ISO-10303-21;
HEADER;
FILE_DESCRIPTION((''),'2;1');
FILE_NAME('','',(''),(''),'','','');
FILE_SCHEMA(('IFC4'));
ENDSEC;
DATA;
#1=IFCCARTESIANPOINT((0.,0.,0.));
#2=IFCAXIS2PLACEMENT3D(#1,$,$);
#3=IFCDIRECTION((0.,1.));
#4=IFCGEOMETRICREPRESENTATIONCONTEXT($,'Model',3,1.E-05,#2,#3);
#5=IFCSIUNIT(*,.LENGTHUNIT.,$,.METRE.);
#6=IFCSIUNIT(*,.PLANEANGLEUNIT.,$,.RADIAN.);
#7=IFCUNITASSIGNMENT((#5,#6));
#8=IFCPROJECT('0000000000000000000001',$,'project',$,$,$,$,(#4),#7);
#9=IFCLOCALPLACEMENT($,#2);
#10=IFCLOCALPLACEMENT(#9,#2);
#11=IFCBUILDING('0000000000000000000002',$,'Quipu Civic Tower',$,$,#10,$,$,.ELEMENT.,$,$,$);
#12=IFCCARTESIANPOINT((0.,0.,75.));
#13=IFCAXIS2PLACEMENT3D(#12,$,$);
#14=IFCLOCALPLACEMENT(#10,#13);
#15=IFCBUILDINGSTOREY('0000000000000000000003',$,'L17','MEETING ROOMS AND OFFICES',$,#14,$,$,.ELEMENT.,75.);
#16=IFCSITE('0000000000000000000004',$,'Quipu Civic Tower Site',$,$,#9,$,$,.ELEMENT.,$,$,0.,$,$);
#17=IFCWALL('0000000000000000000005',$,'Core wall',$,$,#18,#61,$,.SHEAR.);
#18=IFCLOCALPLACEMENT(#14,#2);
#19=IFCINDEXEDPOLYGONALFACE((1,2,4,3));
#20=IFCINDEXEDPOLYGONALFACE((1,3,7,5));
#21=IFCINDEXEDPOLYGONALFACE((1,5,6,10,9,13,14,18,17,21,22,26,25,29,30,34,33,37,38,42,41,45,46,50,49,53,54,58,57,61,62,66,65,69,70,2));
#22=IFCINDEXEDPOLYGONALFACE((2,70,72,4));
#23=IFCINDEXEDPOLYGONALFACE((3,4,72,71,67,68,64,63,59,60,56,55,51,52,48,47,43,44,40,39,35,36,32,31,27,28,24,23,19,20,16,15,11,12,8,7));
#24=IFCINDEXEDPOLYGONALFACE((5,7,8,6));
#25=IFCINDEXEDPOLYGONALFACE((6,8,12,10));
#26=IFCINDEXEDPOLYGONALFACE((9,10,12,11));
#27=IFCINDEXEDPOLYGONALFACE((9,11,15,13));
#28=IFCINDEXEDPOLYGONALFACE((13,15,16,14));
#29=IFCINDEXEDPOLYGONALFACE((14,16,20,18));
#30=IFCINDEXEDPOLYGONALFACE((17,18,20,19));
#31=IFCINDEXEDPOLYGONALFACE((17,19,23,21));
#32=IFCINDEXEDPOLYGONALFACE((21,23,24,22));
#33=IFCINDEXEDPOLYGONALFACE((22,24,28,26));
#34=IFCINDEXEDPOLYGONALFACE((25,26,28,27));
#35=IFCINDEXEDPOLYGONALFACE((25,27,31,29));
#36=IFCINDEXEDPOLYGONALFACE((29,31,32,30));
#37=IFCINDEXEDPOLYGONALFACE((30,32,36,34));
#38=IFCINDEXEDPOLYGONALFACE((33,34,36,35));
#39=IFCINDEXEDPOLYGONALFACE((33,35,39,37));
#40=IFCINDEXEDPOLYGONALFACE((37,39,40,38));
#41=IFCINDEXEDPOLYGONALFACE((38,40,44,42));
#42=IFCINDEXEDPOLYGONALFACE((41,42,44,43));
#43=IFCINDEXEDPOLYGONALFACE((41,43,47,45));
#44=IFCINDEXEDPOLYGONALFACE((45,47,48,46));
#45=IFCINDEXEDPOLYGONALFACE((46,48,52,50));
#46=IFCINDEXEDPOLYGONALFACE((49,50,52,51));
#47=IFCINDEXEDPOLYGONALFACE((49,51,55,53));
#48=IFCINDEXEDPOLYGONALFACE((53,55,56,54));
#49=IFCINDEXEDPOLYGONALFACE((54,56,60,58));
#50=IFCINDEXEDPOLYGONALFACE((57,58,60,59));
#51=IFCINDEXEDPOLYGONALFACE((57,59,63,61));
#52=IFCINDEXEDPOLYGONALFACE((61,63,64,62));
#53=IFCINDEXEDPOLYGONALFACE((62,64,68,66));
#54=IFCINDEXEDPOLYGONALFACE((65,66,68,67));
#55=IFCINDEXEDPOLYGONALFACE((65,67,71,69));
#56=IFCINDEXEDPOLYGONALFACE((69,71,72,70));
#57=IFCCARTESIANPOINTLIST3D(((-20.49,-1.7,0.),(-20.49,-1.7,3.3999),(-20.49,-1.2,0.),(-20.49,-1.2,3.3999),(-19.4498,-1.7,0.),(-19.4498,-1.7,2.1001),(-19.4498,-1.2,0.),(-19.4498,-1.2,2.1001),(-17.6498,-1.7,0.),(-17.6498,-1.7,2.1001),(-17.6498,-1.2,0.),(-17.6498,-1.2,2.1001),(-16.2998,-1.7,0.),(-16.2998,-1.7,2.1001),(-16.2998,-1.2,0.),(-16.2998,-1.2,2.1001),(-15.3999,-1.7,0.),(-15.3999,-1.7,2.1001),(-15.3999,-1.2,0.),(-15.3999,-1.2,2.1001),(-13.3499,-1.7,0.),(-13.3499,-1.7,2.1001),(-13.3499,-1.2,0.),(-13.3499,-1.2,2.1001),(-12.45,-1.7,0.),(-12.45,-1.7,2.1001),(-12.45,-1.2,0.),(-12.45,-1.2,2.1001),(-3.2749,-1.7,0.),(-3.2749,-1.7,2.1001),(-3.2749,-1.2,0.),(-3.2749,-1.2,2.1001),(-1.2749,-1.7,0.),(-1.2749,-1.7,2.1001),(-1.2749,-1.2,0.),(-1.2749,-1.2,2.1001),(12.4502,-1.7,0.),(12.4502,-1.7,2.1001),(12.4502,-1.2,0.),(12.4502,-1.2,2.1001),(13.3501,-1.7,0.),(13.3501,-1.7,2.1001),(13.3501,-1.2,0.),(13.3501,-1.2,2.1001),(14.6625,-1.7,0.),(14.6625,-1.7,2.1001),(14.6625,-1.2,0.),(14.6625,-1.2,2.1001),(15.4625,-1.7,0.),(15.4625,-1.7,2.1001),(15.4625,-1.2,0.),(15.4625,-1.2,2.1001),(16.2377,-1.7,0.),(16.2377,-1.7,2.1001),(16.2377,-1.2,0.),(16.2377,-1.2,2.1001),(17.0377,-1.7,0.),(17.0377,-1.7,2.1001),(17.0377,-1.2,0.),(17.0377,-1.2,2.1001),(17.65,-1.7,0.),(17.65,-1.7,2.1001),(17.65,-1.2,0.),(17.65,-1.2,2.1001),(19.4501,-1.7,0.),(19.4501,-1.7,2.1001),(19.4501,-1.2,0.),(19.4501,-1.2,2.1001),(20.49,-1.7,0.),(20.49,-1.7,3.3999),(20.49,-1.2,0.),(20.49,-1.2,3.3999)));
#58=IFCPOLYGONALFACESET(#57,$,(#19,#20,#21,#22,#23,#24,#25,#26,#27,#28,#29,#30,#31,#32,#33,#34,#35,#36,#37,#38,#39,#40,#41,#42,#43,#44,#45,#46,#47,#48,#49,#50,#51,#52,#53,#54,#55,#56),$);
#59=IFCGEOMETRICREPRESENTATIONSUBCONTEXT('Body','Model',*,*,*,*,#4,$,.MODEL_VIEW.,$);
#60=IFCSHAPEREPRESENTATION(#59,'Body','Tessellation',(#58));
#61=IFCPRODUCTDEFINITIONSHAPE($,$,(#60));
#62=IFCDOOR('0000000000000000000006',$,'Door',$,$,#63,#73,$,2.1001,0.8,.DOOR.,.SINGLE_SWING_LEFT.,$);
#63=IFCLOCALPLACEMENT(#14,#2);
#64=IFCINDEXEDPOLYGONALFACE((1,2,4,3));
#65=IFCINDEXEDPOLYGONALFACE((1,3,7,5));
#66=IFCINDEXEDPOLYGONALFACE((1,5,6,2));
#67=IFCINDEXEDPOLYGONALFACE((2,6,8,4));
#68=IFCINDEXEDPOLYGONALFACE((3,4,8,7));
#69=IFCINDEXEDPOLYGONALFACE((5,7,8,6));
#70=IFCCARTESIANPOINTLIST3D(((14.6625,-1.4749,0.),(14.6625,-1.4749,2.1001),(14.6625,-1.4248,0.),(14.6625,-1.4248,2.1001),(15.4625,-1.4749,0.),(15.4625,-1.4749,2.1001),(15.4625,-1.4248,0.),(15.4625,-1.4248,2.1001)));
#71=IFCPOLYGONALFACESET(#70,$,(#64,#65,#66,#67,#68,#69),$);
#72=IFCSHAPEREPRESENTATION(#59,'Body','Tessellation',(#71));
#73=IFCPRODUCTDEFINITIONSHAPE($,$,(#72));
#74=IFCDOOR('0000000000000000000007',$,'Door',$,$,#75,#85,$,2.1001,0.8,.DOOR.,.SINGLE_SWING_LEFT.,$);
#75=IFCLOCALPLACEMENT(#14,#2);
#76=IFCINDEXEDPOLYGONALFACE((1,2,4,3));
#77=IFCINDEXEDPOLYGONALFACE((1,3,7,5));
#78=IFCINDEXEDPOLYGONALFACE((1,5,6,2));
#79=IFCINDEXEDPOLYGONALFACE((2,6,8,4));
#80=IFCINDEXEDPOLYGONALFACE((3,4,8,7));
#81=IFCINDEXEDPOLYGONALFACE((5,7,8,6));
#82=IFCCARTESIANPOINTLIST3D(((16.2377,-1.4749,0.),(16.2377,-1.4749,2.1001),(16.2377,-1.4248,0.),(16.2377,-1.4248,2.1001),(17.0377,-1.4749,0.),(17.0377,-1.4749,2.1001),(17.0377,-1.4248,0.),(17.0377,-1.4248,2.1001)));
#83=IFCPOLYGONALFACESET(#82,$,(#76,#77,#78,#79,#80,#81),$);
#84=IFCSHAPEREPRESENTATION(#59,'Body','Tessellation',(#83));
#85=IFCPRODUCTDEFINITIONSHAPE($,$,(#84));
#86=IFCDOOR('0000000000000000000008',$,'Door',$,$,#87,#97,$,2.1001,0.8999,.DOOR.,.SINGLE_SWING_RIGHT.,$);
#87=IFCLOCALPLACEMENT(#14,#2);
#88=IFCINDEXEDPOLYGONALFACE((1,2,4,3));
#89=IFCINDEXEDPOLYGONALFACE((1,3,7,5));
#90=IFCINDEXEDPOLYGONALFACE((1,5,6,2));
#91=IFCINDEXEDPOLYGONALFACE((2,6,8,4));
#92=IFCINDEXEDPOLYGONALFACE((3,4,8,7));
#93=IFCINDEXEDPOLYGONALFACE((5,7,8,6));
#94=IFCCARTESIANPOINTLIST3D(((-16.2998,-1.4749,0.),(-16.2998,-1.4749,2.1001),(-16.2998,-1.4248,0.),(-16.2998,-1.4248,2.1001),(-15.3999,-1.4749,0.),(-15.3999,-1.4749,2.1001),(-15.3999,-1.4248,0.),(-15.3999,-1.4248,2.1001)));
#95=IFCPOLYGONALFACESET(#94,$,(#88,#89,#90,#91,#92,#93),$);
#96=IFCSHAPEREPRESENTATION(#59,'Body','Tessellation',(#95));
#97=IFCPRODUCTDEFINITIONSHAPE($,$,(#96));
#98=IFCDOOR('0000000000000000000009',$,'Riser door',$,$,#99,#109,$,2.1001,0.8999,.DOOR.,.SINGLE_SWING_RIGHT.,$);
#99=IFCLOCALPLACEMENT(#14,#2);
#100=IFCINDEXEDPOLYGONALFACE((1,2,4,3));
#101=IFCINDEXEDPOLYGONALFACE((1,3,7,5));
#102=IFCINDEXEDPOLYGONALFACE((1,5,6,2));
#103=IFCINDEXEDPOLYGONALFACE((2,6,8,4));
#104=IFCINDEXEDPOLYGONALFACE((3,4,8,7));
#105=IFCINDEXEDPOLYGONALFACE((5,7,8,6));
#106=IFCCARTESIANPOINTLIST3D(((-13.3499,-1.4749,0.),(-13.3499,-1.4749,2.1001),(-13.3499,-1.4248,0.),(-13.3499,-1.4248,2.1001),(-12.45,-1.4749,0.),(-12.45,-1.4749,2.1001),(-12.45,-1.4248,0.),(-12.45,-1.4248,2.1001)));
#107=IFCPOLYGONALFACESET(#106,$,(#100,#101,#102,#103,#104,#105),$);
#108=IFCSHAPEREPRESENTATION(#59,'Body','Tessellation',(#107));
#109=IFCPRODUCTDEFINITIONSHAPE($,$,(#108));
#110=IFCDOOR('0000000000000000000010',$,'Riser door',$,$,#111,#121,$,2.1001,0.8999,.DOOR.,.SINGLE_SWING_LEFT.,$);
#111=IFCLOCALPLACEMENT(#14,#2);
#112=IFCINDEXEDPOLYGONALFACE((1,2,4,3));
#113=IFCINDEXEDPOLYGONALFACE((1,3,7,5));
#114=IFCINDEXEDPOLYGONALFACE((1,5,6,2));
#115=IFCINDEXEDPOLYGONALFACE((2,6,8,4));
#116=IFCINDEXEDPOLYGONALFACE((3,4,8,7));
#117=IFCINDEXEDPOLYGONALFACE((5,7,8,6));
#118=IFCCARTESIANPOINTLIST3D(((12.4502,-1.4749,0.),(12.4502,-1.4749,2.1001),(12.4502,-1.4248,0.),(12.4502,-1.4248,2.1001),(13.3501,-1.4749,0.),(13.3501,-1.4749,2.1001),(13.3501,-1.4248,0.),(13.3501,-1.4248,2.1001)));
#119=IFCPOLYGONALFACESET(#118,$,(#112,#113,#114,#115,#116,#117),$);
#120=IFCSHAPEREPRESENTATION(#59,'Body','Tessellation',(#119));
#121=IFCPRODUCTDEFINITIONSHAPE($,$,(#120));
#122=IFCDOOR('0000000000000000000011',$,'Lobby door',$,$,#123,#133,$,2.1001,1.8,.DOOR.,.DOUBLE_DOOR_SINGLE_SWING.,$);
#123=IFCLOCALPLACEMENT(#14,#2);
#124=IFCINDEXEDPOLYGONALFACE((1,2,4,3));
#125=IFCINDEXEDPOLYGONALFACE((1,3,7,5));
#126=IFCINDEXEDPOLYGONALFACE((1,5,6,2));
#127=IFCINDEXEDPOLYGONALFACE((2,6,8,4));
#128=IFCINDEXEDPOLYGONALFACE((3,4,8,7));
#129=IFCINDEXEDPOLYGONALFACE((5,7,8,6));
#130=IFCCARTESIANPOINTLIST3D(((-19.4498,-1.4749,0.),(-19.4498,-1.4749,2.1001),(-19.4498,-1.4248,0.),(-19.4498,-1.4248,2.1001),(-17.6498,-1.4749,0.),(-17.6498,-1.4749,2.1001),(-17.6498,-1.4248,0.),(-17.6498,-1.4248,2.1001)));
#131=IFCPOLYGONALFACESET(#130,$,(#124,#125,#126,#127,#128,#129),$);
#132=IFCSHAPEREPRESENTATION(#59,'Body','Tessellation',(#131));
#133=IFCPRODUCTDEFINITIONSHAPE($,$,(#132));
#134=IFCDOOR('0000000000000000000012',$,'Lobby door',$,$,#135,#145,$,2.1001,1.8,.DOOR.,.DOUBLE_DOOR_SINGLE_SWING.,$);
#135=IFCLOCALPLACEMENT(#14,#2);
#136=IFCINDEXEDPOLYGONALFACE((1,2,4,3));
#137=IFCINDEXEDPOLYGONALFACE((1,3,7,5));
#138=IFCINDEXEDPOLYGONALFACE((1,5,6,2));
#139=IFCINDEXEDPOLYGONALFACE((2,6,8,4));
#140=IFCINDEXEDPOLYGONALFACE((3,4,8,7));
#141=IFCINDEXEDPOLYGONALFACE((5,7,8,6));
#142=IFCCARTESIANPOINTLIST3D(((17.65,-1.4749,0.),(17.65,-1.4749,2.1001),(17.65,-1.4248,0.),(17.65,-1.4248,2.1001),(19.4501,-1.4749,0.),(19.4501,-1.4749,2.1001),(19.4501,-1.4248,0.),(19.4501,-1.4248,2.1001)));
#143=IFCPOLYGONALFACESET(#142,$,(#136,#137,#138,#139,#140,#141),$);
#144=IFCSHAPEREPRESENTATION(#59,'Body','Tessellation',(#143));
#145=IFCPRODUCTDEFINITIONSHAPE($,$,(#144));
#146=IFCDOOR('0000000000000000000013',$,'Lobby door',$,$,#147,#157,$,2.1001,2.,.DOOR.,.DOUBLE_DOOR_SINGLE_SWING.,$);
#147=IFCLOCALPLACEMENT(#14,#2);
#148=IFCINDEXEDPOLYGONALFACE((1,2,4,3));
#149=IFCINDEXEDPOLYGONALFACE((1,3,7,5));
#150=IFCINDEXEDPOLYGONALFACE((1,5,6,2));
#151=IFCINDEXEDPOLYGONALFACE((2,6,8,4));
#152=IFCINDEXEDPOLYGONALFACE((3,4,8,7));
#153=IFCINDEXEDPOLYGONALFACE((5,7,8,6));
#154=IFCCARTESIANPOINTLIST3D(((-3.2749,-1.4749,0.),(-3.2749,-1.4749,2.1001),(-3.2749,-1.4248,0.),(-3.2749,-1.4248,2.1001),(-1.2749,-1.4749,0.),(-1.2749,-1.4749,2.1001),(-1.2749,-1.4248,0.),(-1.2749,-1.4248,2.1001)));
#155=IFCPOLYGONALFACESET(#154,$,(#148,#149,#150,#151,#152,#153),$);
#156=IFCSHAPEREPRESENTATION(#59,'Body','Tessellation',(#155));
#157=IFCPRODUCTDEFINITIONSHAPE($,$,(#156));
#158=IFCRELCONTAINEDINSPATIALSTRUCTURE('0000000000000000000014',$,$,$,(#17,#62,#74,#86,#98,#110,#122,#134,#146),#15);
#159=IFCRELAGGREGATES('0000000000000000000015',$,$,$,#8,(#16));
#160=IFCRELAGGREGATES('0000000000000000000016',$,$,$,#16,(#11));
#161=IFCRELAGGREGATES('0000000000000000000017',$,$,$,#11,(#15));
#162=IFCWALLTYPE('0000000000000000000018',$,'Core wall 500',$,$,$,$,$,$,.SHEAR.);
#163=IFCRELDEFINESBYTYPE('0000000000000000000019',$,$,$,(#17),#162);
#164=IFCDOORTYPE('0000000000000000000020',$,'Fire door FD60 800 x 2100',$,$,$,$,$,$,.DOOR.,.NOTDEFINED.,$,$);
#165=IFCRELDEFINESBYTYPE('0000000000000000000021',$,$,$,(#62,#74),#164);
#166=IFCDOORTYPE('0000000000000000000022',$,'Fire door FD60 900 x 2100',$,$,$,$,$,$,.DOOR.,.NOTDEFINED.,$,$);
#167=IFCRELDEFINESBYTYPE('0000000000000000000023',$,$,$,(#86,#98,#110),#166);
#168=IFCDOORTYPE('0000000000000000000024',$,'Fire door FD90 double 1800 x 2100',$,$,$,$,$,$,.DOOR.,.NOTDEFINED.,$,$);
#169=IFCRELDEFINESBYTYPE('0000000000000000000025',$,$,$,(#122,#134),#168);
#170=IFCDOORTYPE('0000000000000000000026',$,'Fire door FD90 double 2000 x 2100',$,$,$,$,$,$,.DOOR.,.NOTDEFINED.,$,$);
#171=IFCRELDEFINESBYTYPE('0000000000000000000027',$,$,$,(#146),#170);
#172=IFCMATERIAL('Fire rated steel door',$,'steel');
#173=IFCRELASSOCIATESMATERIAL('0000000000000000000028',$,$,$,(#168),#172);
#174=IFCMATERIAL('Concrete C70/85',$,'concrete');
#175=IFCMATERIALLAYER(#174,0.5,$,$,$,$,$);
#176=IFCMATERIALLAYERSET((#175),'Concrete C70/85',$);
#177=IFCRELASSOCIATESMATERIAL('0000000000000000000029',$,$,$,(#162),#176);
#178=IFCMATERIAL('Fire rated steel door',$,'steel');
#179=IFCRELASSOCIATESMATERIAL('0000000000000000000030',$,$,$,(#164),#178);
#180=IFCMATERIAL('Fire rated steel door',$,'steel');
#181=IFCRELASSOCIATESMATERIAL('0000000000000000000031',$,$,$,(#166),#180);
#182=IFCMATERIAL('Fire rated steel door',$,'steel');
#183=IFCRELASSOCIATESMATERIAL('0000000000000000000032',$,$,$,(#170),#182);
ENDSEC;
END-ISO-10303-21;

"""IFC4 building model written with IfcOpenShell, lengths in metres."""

from ifc_helpers import new_model, si_unit, direction, frame, frame_2d, origin, place, context, subcontext, project, spatial, rectangle, extrude, material, layer, layer_set, type_object, element, fill, save


model = new_model("IFC4")

# Units and contexts
model_context = context("Model", 3, precision=1e-05, world=origin(), true_north=direction((0.0, 1.0)))
body_context = subcontext(model_context, "Body", "Model", "MODEL_VIEW")
ifc_project = project(units=[si_unit("LENGTHUNIT", "METRE"), si_unit("PLANEANGLEUNIT", "RADIAN")], contexts=[model_context])

# Site, building, storey
site_placement = place(None, origin())
site = spatial("IfcSite", under=ifc_project, at=site_placement, Name="Quipu Civic Tower Site", CompositionType="ELEMENT", RefElevation=0.0)
building_placement = place(site_placement, origin())
building = spatial("IfcBuilding", under=site, at=building_placement, Name="Quipu Civic Tower", CompositionType="ELEMENT")
storey_placement = place(building_placement, frame((0.0, 0.0, 75.0)))
storey = spatial("IfcBuildingStorey", under=building, at=storey_placement, Name="L17", Description="MEETING ROOMS AND OFFICES", CompositionType="ELEMENT", Elevation=75.0)

# Shared definitions
ifc_material_1 = material(Name="Fire rated steel door", Category="steel")
door_type_1 = type_object("IfcDoorType", Name="Fire door FD90 double 1800 x 2100", OperationType="NOTDEFINED", PredefinedType="DOOR", material=ifc_material_1)

# Wall, openings, doors
ifc_material_2 = material(Name="Concrete C70/85", Category="concrete")
ifc_layer_1 = layer(ifc_material_2, 0.5)
ifc_layer_set_1 = layer_set([ifc_layer_1], Name="Concrete C70/85")
wall_type_1 = type_object("IfcWallType", Name="Core wall 500", PredefinedType="SHEAR", material=ifc_layer_set_1)
wall_1_placement = place(storey_placement, frame((20.49, -1.45, 0.0), z_axis=(0.0, 0.0, 1.0), x_axis=(-1.0, 0.0, 0.0)))
wall_1 = element("IfcWall", 1, at=wall_1_placement, inside=storey, type_object=wall_type_1, Name="Core wall", PredefinedType="SHEAR", context=body_context, shape_type="SweptSolid", body=[
    extrude(rectangle(XDim=40.98, YDim=0.5, at=frame_2d((20.49, 0.0))), origin(), (0.0, 0.0, 1.0), 3.3999),
])
opening_1_placement = place(wall_1_placement, frame((38.1399, 0.0, 0.0)))
opening_1 = element("IfcOpeningElement", 2, at=opening_1_placement, cuts=wall_1, PredefinedType="OPENING", context=body_context, shape_type="SweptSolid", body=[
    extrude(rectangle(XDim=1.8, YDim=2.1001, at=frame_2d((0.8999, 1.05))), frame((0.0, 0.26, 0.0), z_axis=(0.0, -1.0, 0.0), x_axis=(1.0, 0.0, 0.0)), (0.0, 0.0, 1.0), 0.52),
])
opening_2_placement = place(wall_1_placement, frame((35.8899, 0.0, 0.0)))
opening_2 = element("IfcOpeningElement", 3, at=opening_2_placement, cuts=wall_1, PredefinedType="OPENING", context=body_context, shape_type="SweptSolid", body=[
    extrude(rectangle(XDim=0.8999, YDim=2.1001, at=frame_2d((0.45, 1.05))), frame((0.0, 0.26, 0.0), z_axis=(0.0, -1.0, 0.0), x_axis=(1.0, 0.0, 0.0)), (0.0, 0.0, 1.0), 0.52),
])
opening_3_placement = place(wall_1_placement, frame((32.9399, 0.0, 0.0)))
opening_3 = element("IfcOpeningElement", 4, at=opening_3_placement, cuts=wall_1, PredefinedType="OPENING", context=body_context, shape_type="SweptSolid", body=[
    extrude(rectangle(XDim=0.8999, YDim=2.1001, at=frame_2d((0.45, 1.05))), frame((0.0, 0.26, 0.0), z_axis=(0.0, -1.0, 0.0), x_axis=(1.0, 0.0, 0.0)), (0.0, 0.0, 1.0), 0.52),
])
opening_4_placement = place(wall_1_placement, frame((21.7649, 0.0, 0.0)))
opening_4 = element("IfcOpeningElement", 5, at=opening_4_placement, cuts=wall_1, PredefinedType="OPENING", context=body_context, shape_type="SweptSolid", body=[
    extrude(rectangle(XDim=2.0, YDim=2.1001, at=frame_2d((1.0, 1.05))), frame((0.0, 0.26, 0.0), z_axis=(0.0, -1.0, 0.0), x_axis=(1.0, 0.0, 0.0)), (0.0, 0.0, 1.0), 0.52),
])
opening_5_placement = place(wall_1_placement, frame((7.1399, 0.0, 0.0)))
opening_5 = element("IfcOpeningElement", 6, at=opening_5_placement, cuts=wall_1, PredefinedType="OPENING", context=body_context, shape_type="SweptSolid", body=[
    extrude(rectangle(XDim=0.8999, YDim=2.1001, at=frame_2d((0.45, 1.05))), frame((0.0, 0.26, 0.0), z_axis=(0.0, -1.0, 0.0), x_axis=(1.0, 0.0, 0.0)), (0.0, 0.0, 1.0), 0.52),
])
opening_6_placement = place(wall_1_placement, frame((5.0276, 0.0, 0.0)))
opening_6 = element("IfcOpeningElement", 7, at=opening_6_placement, cuts=wall_1, PredefinedType="OPENING", context=body_context, shape_type="SweptSolid", body=[
    extrude(rectangle(XDim=0.8, YDim=2.1001, at=frame_2d((0.3999, 1.05))), frame((0.0, 0.26, 0.0), z_axis=(0.0, -1.0, 0.0), x_axis=(1.0, 0.0, 0.0)), (0.0, 0.0, 1.0), 0.52),
])
opening_7_placement = place(wall_1_placement, frame((3.4524, 0.0, 0.0)))
opening_7 = element("IfcOpeningElement", 8, at=opening_7_placement, cuts=wall_1, PredefinedType="OPENING", context=body_context, shape_type="SweptSolid", body=[
    extrude(rectangle(XDim=0.8, YDim=2.1001, at=frame_2d((0.3999, 1.05))), frame((0.0, 0.26, 0.0), z_axis=(0.0, -1.0, 0.0), x_axis=(1.0, 0.0, 0.0)), (0.0, 0.0, 1.0), 0.52),
])
opening_8_placement = place(wall_1_placement, frame((1.04, 0.0, 0.0)))
opening_8 = element("IfcOpeningElement", 9, at=opening_8_placement, cuts=wall_1, PredefinedType="OPENING", context=body_context, shape_type="SweptSolid", body=[
    extrude(rectangle(XDim=1.8, YDim=2.1001, at=frame_2d((0.8999, 1.05))), frame((0.0, 0.26, 0.0), z_axis=(0.0, -1.0, 0.0), x_axis=(1.0, 0.0, 0.0)), (0.0, 0.0, 1.0), 0.52),
])
ifc_material_3 = material(Name="Fire rated steel door", Category="steel")
door_type_2 = type_object("IfcDoorType", Name="Fire door FD60 800 x 2100", OperationType="NOTDEFINED", PredefinedType="DOOR", material=ifc_material_3)
door_1_placement = place(opening_6_placement, origin())
door_1 = element("IfcDoor", 10, at=door_1_placement, inside=storey, type_object=door_type_2, Name="Door", OperationType="SINGLE_SWING_LEFT", OverallHeight=2.1001, OverallWidth=0.8, PredefinedType="DOOR", context=body_context, shape_type="SweptSolid", body=[
    extrude(rectangle(XDim=0.8, YDim=2.1001, at=frame_2d((0.3999, 1.05))), frame((0.0, 0.0249, 0.0), z_axis=(0.0, -1.0, 0.0), x_axis=(1.0, 0.0, 0.0)), (0.0, 0.0, 1.0), 0.05),
])
fill(opening_6, door_1)
door_2_placement = place(opening_7_placement, origin())
door_2 = element("IfcDoor", 11, at=door_2_placement, inside=storey, type_object=door_type_2, Name="Door", OperationType="SINGLE_SWING_LEFT", OverallHeight=2.1001, OverallWidth=0.8, PredefinedType="DOOR", context=body_context, shape_type="SweptSolid", body=[
    extrude(rectangle(XDim=0.8, YDim=2.1001, at=frame_2d((0.3999, 1.05))), frame((0.0, 0.0249, 0.0), z_axis=(0.0, -1.0, 0.0), x_axis=(1.0, 0.0, 0.0)), (0.0, 0.0, 1.0), 0.05),
])
fill(opening_7, door_2)
ifc_material_4 = material(Name="Fire rated steel door", Category="steel")
door_type_3 = type_object("IfcDoorType", Name="Fire door FD60 900 x 2100", OperationType="NOTDEFINED", PredefinedType="DOOR", material=ifc_material_4)
door_3_placement = place(opening_2_placement, origin())
door_3 = element("IfcDoor", 12, at=door_3_placement, inside=storey, type_object=door_type_3, Name="Door", OperationType="SINGLE_SWING_RIGHT", OverallHeight=2.1001, OverallWidth=0.8999, PredefinedType="DOOR", context=body_context, shape_type="SweptSolid", body=[
    extrude(rectangle(XDim=0.8999, YDim=2.1001, at=frame_2d((0.45, 1.05))), frame((0.0, 0.0249, 0.0), z_axis=(0.0, -1.0, 0.0), x_axis=(1.0, 0.0, 0.0)), (0.0, 0.0, 1.0), 0.05),
])
fill(opening_2, door_3)
door_4_placement = place(opening_3_placement, origin())
door_4 = element("IfcDoor", 13, at=door_4_placement, inside=storey, type_object=door_type_3, Name="Riser door", OperationType="SINGLE_SWING_RIGHT", OverallHeight=2.1001, OverallWidth=0.8999, PredefinedType="DOOR", context=body_context, shape_type="SweptSolid", body=[
    extrude(rectangle(XDim=0.8999, YDim=2.1001, at=frame_2d((0.45, 1.05))), frame((0.0, 0.0249, 0.0), z_axis=(0.0, -1.0, 0.0), x_axis=(1.0, 0.0, 0.0)), (0.0, 0.0, 1.0), 0.05),
])
fill(opening_3, door_4)
door_5_placement = place(opening_5_placement, origin())
door_5 = element("IfcDoor", 14, at=door_5_placement, inside=storey, type_object=door_type_3, Name="Riser door", OperationType="SINGLE_SWING_LEFT", OverallHeight=2.1001, OverallWidth=0.8999, PredefinedType="DOOR", context=body_context, shape_type="SweptSolid", body=[
    extrude(rectangle(XDim=0.8999, YDim=2.1001, at=frame_2d((0.45, 1.05))), frame((0.0, 0.0249, 0.0), z_axis=(0.0, -1.0, 0.0), x_axis=(1.0, 0.0, 0.0)), (0.0, 0.0, 1.0), 0.05),
])
fill(opening_5, door_5)
door_6_placement = place(opening_1_placement, origin())
door_6 = element("IfcDoor", 15, at=door_6_placement, inside=storey, type_object=door_type_1, Name="Lobby door", OperationType="DOUBLE_DOOR_SINGLE_SWING", OverallHeight=2.1001, OverallWidth=1.8, PredefinedType="DOOR", context=body_context, shape_type="SweptSolid", body=[
    extrude(rectangle(XDim=1.8, YDim=2.1001, at=frame_2d((0.8999, 1.05))), frame((0.0, 0.0249, 0.0), z_axis=(0.0, -1.0, 0.0), x_axis=(1.0, 0.0, 0.0)), (0.0, 0.0, 1.0), 0.05),
])
fill(opening_1, door_6)
door_7_placement = place(opening_8_placement, origin())
door_7 = element("IfcDoor", 16, at=door_7_placement, inside=storey, type_object=door_type_1, Name="Lobby door", OperationType="DOUBLE_DOOR_SINGLE_SWING", OverallHeight=2.1001, OverallWidth=1.8, PredefinedType="DOOR", context=body_context, shape_type="SweptSolid", body=[
    extrude(rectangle(XDim=1.8, YDim=2.1001, at=frame_2d((0.8999, 1.05))), frame((0.0, 0.0249, 0.0), z_axis=(0.0, -1.0, 0.0), x_axis=(1.0, 0.0, 0.0)), (0.0, 0.0, 1.0), 0.05),
])
fill(opening_8, door_7)
ifc_material_5 = material(Name="Fire rated steel door", Category="steel")
door_type_4 = type_object("IfcDoorType", Name="Fire door FD90 double 2000 x 2100", OperationType="NOTDEFINED", PredefinedType="DOOR", material=ifc_material_5)
door_8_placement = place(opening_4_placement, origin())
door_8 = element("IfcDoor", 17, at=door_8_placement, inside=storey, type_object=door_type_4, Name="Lobby door", OperationType="DOUBLE_DOOR_SINGLE_SWING", OverallHeight=2.1001, OverallWidth=2.0, PredefinedType="DOOR", context=body_context, shape_type="SweptSolid", body=[
    extrude(rectangle(XDim=2.0, YDim=2.1001, at=frame_2d((1.0, 1.05))), frame((0.0, 0.0249, 0.0), z_axis=(0.0, -1.0, 0.0), x_axis=(1.0, 0.0, 0.0)), (0.0, 0.0, 1.0), 0.05),
])
fill(opening_4, door_8)

save(model, "model.ifc")
